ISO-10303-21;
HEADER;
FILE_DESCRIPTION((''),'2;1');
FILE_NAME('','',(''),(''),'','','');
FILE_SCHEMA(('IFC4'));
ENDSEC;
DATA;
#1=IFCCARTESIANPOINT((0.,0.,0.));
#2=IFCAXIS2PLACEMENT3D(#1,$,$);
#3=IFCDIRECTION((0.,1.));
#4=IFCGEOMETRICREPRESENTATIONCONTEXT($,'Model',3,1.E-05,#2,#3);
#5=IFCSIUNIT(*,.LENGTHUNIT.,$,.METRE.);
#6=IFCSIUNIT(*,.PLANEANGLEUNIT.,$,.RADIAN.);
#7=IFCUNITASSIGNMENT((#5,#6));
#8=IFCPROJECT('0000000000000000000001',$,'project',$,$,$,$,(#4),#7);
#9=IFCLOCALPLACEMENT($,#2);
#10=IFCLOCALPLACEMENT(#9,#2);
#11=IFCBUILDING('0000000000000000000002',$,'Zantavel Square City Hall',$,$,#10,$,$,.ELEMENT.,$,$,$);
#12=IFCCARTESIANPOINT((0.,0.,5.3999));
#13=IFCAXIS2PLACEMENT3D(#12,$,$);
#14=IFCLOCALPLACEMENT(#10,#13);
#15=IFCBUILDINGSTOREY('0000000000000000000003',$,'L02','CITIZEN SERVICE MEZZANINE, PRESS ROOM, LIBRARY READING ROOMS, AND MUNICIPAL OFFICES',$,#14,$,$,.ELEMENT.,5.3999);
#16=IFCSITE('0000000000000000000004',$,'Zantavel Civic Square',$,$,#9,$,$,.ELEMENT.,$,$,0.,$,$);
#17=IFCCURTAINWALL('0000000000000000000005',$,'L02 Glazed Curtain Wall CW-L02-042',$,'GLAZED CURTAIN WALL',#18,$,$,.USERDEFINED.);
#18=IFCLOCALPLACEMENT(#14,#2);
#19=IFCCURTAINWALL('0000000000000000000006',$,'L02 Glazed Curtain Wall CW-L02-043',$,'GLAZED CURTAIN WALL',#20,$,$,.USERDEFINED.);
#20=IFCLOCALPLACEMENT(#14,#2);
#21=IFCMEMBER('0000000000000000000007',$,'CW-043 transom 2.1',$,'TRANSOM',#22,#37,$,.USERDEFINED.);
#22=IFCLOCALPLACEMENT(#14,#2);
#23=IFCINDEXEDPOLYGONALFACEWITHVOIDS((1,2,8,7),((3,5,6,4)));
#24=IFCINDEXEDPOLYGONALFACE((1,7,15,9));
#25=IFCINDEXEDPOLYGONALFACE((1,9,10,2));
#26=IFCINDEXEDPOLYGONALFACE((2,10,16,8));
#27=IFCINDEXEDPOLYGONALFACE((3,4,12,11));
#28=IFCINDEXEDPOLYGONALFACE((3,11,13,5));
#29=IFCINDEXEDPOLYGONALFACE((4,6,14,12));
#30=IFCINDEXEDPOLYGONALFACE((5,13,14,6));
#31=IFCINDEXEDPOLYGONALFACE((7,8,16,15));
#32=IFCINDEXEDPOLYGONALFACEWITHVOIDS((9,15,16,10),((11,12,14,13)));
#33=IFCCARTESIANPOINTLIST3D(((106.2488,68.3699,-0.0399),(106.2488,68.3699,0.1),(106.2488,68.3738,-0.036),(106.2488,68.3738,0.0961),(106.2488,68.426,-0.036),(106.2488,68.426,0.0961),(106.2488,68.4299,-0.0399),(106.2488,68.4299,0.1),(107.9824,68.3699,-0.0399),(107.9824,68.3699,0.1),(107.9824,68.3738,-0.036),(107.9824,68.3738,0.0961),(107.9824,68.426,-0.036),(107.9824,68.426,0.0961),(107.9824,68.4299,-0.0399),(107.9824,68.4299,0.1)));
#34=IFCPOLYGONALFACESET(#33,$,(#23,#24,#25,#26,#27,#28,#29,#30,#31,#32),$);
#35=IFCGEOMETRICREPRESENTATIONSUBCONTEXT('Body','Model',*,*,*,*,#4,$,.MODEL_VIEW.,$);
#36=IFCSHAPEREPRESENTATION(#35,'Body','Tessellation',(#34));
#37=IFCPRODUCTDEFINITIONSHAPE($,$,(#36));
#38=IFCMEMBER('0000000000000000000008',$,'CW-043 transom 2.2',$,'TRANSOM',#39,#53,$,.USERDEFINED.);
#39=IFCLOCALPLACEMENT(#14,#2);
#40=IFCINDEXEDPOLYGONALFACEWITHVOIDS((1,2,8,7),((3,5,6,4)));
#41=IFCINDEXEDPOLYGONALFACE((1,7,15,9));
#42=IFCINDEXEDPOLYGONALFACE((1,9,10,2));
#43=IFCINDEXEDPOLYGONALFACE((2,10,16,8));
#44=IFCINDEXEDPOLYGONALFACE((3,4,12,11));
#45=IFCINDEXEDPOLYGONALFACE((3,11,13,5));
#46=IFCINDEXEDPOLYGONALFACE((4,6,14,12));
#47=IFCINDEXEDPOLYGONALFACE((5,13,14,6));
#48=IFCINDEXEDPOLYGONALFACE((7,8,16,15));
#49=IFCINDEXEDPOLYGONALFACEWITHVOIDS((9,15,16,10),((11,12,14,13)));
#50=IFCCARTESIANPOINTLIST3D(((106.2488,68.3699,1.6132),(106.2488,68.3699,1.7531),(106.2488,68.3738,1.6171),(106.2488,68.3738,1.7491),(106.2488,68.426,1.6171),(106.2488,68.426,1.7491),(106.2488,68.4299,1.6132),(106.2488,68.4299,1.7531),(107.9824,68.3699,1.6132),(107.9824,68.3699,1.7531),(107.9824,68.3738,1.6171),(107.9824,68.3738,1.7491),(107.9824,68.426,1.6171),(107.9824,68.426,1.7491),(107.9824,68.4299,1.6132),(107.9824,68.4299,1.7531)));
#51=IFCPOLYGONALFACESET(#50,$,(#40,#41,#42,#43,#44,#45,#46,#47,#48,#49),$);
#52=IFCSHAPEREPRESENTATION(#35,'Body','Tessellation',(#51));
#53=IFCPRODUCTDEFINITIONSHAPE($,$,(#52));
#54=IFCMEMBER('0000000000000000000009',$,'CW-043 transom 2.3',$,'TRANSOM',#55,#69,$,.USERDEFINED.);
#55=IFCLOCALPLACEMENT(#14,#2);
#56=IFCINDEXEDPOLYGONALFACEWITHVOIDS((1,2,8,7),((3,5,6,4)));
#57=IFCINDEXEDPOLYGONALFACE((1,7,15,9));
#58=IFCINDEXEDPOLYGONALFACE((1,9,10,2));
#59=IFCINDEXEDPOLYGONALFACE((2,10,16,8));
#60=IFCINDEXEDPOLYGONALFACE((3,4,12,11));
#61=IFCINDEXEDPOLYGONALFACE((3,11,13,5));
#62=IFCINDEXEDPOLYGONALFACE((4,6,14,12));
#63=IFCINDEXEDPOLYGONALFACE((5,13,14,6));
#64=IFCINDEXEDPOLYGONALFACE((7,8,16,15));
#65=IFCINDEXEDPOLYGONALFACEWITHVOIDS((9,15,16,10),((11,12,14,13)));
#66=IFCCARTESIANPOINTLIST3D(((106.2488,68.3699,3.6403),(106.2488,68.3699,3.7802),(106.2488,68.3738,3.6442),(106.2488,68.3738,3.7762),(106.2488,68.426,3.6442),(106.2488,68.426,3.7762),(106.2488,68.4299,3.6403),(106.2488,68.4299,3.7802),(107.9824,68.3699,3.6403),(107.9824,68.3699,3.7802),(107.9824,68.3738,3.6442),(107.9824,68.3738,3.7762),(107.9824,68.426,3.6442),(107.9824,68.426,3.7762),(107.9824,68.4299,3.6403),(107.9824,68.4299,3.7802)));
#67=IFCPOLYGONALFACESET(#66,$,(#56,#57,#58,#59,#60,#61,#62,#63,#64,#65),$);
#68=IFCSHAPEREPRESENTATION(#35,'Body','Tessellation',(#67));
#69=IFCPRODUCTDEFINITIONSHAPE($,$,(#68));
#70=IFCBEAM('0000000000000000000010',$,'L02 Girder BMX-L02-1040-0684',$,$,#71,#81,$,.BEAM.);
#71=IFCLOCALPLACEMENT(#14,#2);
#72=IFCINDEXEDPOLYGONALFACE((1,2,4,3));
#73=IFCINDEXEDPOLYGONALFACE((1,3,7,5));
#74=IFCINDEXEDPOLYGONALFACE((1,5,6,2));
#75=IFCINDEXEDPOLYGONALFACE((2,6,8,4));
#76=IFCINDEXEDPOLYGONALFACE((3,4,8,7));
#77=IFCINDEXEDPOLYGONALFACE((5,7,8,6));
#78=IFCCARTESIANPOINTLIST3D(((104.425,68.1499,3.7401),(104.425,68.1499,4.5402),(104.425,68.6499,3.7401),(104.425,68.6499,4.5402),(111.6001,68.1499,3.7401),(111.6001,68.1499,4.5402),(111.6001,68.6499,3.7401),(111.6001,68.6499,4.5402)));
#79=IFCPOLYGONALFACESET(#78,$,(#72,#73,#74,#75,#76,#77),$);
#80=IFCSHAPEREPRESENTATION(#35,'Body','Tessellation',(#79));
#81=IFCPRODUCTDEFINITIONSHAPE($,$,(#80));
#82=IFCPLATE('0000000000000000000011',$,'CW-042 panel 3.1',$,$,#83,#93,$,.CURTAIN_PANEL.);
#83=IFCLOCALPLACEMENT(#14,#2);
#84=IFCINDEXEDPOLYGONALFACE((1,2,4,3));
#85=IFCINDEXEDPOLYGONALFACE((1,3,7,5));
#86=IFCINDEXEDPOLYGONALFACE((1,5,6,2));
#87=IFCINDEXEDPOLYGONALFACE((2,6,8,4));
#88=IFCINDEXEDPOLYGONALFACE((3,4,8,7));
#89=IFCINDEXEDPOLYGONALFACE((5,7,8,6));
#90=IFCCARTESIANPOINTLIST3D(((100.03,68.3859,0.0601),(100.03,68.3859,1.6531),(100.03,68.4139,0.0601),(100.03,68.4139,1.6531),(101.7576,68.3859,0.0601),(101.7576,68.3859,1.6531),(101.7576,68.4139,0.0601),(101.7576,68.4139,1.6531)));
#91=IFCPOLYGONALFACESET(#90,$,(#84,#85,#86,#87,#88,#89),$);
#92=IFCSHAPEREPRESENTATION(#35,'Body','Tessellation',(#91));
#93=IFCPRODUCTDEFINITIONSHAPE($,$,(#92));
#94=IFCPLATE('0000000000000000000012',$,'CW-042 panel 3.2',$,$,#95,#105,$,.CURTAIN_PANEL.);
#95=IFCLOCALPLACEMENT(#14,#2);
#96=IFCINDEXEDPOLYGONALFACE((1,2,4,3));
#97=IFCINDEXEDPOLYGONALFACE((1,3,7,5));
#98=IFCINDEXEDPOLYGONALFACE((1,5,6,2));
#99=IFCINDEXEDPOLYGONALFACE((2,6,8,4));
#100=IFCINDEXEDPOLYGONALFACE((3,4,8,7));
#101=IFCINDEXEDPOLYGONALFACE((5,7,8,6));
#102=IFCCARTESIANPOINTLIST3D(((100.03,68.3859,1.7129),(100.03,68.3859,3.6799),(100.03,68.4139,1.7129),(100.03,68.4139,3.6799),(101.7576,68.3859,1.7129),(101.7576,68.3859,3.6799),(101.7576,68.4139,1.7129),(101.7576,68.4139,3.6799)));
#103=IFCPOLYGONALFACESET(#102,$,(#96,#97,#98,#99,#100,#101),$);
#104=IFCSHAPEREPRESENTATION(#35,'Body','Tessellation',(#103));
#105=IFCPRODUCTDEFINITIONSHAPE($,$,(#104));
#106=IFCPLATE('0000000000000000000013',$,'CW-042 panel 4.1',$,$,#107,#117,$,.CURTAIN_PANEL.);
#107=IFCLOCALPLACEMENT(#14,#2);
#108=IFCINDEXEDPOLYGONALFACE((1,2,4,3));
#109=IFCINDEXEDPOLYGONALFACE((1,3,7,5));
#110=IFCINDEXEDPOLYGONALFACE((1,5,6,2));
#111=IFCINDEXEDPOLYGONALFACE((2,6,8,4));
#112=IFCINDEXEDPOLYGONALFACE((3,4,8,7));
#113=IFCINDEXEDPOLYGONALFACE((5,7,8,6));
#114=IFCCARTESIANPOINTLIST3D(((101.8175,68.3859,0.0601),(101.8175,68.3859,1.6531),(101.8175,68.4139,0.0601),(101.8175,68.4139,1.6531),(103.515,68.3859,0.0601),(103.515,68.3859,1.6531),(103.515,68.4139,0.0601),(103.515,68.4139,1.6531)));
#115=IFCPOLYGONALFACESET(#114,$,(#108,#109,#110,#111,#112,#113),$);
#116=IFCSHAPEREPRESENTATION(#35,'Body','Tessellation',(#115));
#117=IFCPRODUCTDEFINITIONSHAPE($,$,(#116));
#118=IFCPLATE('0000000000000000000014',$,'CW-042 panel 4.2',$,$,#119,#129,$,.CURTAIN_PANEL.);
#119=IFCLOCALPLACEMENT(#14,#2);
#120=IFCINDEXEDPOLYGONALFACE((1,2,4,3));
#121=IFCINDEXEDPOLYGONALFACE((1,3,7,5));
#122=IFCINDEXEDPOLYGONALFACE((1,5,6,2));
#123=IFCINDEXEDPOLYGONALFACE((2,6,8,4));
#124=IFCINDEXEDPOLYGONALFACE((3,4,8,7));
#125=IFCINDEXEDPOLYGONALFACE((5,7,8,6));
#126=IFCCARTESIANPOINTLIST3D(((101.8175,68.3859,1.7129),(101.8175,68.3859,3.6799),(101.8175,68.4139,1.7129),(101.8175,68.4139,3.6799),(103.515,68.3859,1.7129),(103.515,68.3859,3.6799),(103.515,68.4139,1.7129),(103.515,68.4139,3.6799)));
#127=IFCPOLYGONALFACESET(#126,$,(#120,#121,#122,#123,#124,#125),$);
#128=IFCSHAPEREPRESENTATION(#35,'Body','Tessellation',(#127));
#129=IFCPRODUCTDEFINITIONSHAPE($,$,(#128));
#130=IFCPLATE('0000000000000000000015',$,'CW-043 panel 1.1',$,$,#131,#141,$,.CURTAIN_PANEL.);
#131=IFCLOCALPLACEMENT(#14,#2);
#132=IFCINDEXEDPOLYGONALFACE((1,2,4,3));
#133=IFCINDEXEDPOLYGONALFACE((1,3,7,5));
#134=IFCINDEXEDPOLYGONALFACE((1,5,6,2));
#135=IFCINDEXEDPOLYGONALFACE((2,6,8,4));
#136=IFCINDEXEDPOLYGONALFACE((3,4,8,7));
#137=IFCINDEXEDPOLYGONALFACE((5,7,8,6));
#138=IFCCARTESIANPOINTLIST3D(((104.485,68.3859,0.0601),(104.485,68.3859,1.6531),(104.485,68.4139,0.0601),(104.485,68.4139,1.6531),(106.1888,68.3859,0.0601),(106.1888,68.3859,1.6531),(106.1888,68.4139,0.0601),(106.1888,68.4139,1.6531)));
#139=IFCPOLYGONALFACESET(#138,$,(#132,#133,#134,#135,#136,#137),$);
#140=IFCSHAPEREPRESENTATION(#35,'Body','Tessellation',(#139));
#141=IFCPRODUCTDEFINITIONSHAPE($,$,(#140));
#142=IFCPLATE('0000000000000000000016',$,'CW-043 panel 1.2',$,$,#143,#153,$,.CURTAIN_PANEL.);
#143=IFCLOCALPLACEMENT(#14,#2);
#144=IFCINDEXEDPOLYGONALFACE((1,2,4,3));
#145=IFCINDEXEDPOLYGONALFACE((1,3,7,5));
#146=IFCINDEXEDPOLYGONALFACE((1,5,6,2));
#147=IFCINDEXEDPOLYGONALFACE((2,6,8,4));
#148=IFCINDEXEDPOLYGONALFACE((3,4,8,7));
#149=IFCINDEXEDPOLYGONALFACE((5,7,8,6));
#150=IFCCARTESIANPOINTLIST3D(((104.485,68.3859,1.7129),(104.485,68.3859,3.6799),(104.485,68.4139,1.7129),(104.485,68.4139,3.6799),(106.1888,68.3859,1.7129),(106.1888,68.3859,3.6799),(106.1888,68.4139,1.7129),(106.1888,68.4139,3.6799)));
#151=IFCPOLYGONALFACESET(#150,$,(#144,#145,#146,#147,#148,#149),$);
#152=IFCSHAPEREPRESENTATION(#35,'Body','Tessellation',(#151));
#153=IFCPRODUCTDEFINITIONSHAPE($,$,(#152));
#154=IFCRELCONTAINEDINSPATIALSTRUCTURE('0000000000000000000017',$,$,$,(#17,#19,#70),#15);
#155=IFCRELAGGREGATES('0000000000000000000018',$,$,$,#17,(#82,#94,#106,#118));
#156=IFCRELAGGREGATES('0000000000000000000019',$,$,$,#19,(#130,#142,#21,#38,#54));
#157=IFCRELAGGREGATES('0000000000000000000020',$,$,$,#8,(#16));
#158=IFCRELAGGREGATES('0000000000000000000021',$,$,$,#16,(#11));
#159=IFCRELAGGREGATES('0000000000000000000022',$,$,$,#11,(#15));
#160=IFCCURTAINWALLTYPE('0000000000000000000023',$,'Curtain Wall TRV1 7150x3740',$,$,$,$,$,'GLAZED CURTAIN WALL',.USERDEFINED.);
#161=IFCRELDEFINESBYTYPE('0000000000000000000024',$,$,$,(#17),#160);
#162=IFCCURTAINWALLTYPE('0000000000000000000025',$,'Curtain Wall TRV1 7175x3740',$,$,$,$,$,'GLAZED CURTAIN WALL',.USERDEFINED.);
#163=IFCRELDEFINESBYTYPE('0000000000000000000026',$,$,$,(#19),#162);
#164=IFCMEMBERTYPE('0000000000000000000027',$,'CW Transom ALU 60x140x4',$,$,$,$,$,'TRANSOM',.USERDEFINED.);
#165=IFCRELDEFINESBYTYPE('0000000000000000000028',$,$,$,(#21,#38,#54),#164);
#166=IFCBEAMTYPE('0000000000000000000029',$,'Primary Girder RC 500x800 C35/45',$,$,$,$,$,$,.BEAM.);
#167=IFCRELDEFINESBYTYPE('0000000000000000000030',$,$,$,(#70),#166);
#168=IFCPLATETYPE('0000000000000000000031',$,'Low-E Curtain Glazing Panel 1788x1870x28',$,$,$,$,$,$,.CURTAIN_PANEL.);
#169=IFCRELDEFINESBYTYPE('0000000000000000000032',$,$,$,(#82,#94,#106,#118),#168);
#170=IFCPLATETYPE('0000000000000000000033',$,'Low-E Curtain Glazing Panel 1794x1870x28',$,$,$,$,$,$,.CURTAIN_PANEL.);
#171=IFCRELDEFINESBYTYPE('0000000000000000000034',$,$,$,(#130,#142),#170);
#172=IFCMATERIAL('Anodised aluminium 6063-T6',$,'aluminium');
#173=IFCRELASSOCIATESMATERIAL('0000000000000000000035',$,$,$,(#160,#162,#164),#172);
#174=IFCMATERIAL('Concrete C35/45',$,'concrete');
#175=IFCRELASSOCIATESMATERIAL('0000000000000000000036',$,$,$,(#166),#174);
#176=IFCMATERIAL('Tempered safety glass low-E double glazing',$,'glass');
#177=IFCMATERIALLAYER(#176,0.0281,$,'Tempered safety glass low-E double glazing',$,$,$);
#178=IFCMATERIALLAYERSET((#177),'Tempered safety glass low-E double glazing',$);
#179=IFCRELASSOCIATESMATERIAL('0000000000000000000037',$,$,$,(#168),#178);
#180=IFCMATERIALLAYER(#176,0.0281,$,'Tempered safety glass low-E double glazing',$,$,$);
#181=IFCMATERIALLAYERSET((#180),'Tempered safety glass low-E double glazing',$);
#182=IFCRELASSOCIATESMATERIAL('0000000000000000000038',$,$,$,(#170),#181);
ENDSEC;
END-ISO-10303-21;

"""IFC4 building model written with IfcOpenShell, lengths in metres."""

from ifc_helpers import new_model, si_unit, direction, frame, origin, origin_2d, place, context, subcontext, project, spatial, rectangle, hollow_rectangle, extrude, material, layer, layer_set, material_profile, profile_set, type_object, element, aggregate, save


model = new_model("IFC4")

# Units and contexts
model_context = context("Model", 3, precision=1e-05, world=origin(), true_north=direction((0.0, 1.0)))
body_context = subcontext(model_context, "Body", "Model", "MODEL_VIEW")
ifc_project = project(units=[si_unit("LENGTHUNIT", "METRE"), si_unit("PLANEANGLEUNIT", "RADIAN")], contexts=[model_context])

# Site, building, storey
site_placement = place(None, origin())
site = spatial("IfcSite", under=ifc_project, at=site_placement, Name="Zantavel Civic Square", CompositionType="ELEMENT", RefElevation=0.0)
building_placement = place(site_placement, origin())
building = spatial("IfcBuilding", under=site, at=building_placement, Name="Zantavel Square City Hall", CompositionType="ELEMENT")
storey_placement = place(building_placement, frame((0.0, 0.0, 5.3999)))
storey = spatial("IfcBuildingStorey", under=building, at=storey_placement, Name="L02", Description="CITIZEN SERVICE MEZZANINE, PRESS ROOM, LIBRARY READING ROOMS, AND MUNICIPAL OFFICES", CompositionType="ELEMENT", Elevation=5.3999)

# Curtain walls
ifc_material_1 = material(Name="Anodised aluminium 6063-T6", Category="aluminium")
curtain_wall_type_1 = type_object("IfcCurtainWallType", Name="Curtain Wall TRV1 7150x3740", ElementType="GLAZED CURTAIN WALL", PredefinedType="USERDEFINED", material=ifc_material_1)
curtain_wall_1_placement = place(storey_placement, origin())
curtain_wall_1 = element("IfcCurtainWall", 1, at=curtain_wall_1_placement, inside=storey, type_object=curtain_wall_type_1, Name="L02 Glazed Curtain Wall CW-L02-042", ObjectType="GLAZED CURTAIN WALL", PredefinedType="USERDEFINED")
curtain_wall_type_2 = type_object("IfcCurtainWallType", Name="Curtain Wall TRV1 7175x3740", ElementType="GLAZED CURTAIN WALL", PredefinedType="USERDEFINED", material=ifc_material_1)
curtain_wall_2_placement = place(storey_placement, origin())
curtain_wall_2 = element("IfcCurtainWall", 2, at=curtain_wall_2_placement, inside=storey, type_object=curtain_wall_type_2, Name="L02 Glazed Curtain Wall CW-L02-043", ObjectType="GLAZED CURTAIN WALL", PredefinedType="USERDEFINED")

# Members
ifc_material_profile_1 = material_profile(ifc_material_1, hollow_rectangle(XDim=0.0601, YDim=0.1399, WallThickness=0.0039, at=origin_2d()), Name="ALU 60x140x4")
ifc_profile_set_1 = profile_set([ifc_material_profile_1], Name="Anodised aluminium 6063-T6")
member_type_1 = type_object("IfcMemberType", Name="CW Transom ALU 60x140x4", ElementType="TRANSOM", PredefinedType="USERDEFINED", material=ifc_profile_set_1)
member_1_placement = place(storey_placement, frame((106.2488, 68.3999, 0.03), z_axis=(1.0, 0.0, 0.0), x_axis=(0.0, 1.0, 0.0)))
member_1 = element("IfcMember", 3, at=member_1_placement, type_object=member_type_1, Name="CW-043 transom 2.1", ObjectType="TRANSOM", PredefinedType="USERDEFINED", context=body_context, shape_type="SweptSolid", body=[
    extrude(hollow_rectangle(XDim=0.0601, YDim=0.1399, WallThickness=0.0039, at=origin_2d()), origin(), (0.0, 0.0, 1.0), 1.7336),
])
member_2_placement = place(storey_placement, frame((106.2488, 68.3999, 1.6831), z_axis=(1.0, 0.0, 0.0), x_axis=(0.0, 1.0, 0.0)))
member_2 = element("IfcMember", 4, at=member_2_placement, type_object=member_type_1, Name="CW-043 transom 2.2", ObjectType="TRANSOM", PredefinedType="USERDEFINED", context=body_context, shape_type="SweptSolid", body=[
    extrude(hollow_rectangle(XDim=0.0601, YDim=0.1399, WallThickness=0.0039, at=origin_2d()), origin(), (0.0, 0.0, 1.0), 1.7336),
])
member_3_placement = place(storey_placement, frame((106.2488, 68.3999, 3.7102), z_axis=(1.0, 0.0, 0.0), x_axis=(0.0, 1.0, 0.0)))
member_3 = element("IfcMember", 5, at=member_3_placement, type_object=member_type_1, Name="CW-043 transom 2.3", ObjectType="TRANSOM", PredefinedType="USERDEFINED", context=body_context, shape_type="SweptSolid", body=[
    extrude(hollow_rectangle(XDim=0.0601, YDim=0.1399, WallThickness=0.0039, at=origin_2d()), origin(), (0.0, 0.0, 1.0), 1.7336),
])

# Beam
ifc_material_2 = material(Name="Concrete C35/45", Category="concrete")
ifc_material_profile_2 = material_profile(ifc_material_2, rectangle(XDim=0.5, YDim=0.8, at=origin_2d()), Name="RC 500x800")
ifc_profile_set_2 = profile_set([ifc_material_profile_2], Name="Concrete C35/45")
beam_type = type_object("IfcBeamType", Name="Primary Girder RC 500x800 C35/45", PredefinedType="BEAM", material=ifc_profile_set_2)
beam_placement = place(storey_placement, frame((104.425, 68.3999, 4.1401), z_axis=(1.0, 0.0, 0.0), x_axis=(0.0, 1.0, 0.0)))
element("IfcBeam", 6, at=beam_placement, inside=storey, type_object=beam_type, Name="L02 Girder BMX-L02-1040-0684", PredefinedType="BEAM", context=body_context, shape_type="SweptSolid", body=[
    extrude(rectangle(XDim=0.5, YDim=0.8, at=origin_2d()), origin(), (0.0, 0.0, 1.0), 7.175),
])

# Plates
ifc_material_3 = material(Name="Tempered safety glass low-E double glazing", Category="glass")
ifc_layer_1 = layer(ifc_material_3, 0.0281, Name="Tempered safety glass low-E double glazing")
ifc_layer_set_1 = layer_set([ifc_layer_1], Name="Tempered safety glass low-E double glazing")
plate_type_1 = type_object("IfcPlateType", Name="Low-E Curtain Glazing Panel 1788x1870x28", PredefinedType="CURTAIN_PANEL", material=ifc_layer_set_1)
plate_1_placement = place(storey_placement, frame((100.8938, 68.3999, 0.0601), z_axis=(0.0, 0.0, 1.0), x_axis=(1.0, 0.0, 0.0)))
plate_1 = element("IfcPlate", 7, at=plate_1_placement, type_object=plate_type_1, Name="CW-042 panel 3.1", PredefinedType="CURTAIN_PANEL", context=body_context, shape_type="SweptSolid", body=[
    extrude(rectangle(XDim=1.7275, YDim=0.0281, at=origin_2d()), origin(), (0.0, 0.0, 1.0), 1.593),
])
plate_2_placement = place(storey_placement, frame((100.8938, 68.3999, 1.7129), z_axis=(0.0, 0.0, 1.0), x_axis=(1.0, 0.0, 0.0)))
plate_2 = element("IfcPlate", 8, at=plate_2_placement, type_object=plate_type_1, Name="CW-042 panel 3.2", PredefinedType="CURTAIN_PANEL", context=body_context, shape_type="SweptSolid", body=[
    extrude(rectangle(XDim=1.7275, YDim=0.0281, at=origin_2d()), origin(), (0.0, 0.0, 1.0), 1.967),
])
plate_3_placement = place(storey_placement, frame((102.6663, 68.3999, 0.0601), z_axis=(0.0, 0.0, 1.0), x_axis=(1.0, 0.0, 0.0)))
plate_3 = element("IfcPlate", 9, at=plate_3_placement, type_object=plate_type_1, Name="CW-042 panel 4.1", PredefinedType="CURTAIN_PANEL", context=body_context, shape_type="SweptSolid", body=[
    extrude(rectangle(XDim=1.6975, YDim=0.0281, at=origin_2d()), origin(), (0.0, 0.0, 1.0), 1.593),
])
plate_4_placement = place(storey_placement, frame((102.6663, 68.3999, 1.7129), z_axis=(0.0, 0.0, 1.0), x_axis=(1.0, 0.0, 0.0)))
plate_4 = element("IfcPlate", 10, at=plate_4_placement, type_object=plate_type_1, Name="CW-042 panel 4.2", PredefinedType="CURTAIN_PANEL", context=body_context, shape_type="SweptSolid", body=[
    extrude(rectangle(XDim=1.6975, YDim=0.0281, at=origin_2d()), origin(), (0.0, 0.0, 1.0), 1.967),
])
aggregate(curtain_wall_1, [plate_1, plate_2, plate_3, plate_4])
ifc_layer_2 = layer(ifc_material_3, 0.0281, Name="Tempered safety glass low-E double glazing")
ifc_layer_set_2 = layer_set([ifc_layer_2], Name="Tempered safety glass low-E double glazing")
plate_type_2 = type_object("IfcPlateType", Name="Low-E Curtain Glazing Panel 1794x1870x28", PredefinedType="CURTAIN_PANEL", material=ifc_layer_set_2)
plate_5_placement = place(storey_placement, frame((105.3369, 68.3999, 0.0601), z_axis=(0.0, 0.0, 1.0), x_axis=(1.0, 0.0, 0.0)))
plate_5 = element("IfcPlate", 11, at=plate_5_placement, type_object=plate_type_2, Name="CW-043 panel 1.1", PredefinedType="CURTAIN_PANEL", context=body_context, shape_type="SweptSolid", body=[
    extrude(rectangle(XDim=1.7039, YDim=0.0281, at=origin_2d()), origin(), (0.0, 0.0, 1.0), 1.593),
])
plate_6_placement = place(storey_placement, frame((105.3369, 68.3999, 1.7129), z_axis=(0.0, 0.0, 1.0), x_axis=(1.0, 0.0, 0.0)))
plate_6 = element("IfcPlate", 12, at=plate_6_placement, type_object=plate_type_2, Name="CW-043 panel 1.2", PredefinedType="CURTAIN_PANEL", context=body_context, shape_type="SweptSolid", body=[
    extrude(rectangle(XDim=1.7039, YDim=0.0281, at=origin_2d()), origin(), (0.0, 0.0, 1.0), 1.967),
])
aggregate(curtain_wall_2, [plate_5, plate_6, member_1, member_2, member_3])

save(model, "model.ifc")
